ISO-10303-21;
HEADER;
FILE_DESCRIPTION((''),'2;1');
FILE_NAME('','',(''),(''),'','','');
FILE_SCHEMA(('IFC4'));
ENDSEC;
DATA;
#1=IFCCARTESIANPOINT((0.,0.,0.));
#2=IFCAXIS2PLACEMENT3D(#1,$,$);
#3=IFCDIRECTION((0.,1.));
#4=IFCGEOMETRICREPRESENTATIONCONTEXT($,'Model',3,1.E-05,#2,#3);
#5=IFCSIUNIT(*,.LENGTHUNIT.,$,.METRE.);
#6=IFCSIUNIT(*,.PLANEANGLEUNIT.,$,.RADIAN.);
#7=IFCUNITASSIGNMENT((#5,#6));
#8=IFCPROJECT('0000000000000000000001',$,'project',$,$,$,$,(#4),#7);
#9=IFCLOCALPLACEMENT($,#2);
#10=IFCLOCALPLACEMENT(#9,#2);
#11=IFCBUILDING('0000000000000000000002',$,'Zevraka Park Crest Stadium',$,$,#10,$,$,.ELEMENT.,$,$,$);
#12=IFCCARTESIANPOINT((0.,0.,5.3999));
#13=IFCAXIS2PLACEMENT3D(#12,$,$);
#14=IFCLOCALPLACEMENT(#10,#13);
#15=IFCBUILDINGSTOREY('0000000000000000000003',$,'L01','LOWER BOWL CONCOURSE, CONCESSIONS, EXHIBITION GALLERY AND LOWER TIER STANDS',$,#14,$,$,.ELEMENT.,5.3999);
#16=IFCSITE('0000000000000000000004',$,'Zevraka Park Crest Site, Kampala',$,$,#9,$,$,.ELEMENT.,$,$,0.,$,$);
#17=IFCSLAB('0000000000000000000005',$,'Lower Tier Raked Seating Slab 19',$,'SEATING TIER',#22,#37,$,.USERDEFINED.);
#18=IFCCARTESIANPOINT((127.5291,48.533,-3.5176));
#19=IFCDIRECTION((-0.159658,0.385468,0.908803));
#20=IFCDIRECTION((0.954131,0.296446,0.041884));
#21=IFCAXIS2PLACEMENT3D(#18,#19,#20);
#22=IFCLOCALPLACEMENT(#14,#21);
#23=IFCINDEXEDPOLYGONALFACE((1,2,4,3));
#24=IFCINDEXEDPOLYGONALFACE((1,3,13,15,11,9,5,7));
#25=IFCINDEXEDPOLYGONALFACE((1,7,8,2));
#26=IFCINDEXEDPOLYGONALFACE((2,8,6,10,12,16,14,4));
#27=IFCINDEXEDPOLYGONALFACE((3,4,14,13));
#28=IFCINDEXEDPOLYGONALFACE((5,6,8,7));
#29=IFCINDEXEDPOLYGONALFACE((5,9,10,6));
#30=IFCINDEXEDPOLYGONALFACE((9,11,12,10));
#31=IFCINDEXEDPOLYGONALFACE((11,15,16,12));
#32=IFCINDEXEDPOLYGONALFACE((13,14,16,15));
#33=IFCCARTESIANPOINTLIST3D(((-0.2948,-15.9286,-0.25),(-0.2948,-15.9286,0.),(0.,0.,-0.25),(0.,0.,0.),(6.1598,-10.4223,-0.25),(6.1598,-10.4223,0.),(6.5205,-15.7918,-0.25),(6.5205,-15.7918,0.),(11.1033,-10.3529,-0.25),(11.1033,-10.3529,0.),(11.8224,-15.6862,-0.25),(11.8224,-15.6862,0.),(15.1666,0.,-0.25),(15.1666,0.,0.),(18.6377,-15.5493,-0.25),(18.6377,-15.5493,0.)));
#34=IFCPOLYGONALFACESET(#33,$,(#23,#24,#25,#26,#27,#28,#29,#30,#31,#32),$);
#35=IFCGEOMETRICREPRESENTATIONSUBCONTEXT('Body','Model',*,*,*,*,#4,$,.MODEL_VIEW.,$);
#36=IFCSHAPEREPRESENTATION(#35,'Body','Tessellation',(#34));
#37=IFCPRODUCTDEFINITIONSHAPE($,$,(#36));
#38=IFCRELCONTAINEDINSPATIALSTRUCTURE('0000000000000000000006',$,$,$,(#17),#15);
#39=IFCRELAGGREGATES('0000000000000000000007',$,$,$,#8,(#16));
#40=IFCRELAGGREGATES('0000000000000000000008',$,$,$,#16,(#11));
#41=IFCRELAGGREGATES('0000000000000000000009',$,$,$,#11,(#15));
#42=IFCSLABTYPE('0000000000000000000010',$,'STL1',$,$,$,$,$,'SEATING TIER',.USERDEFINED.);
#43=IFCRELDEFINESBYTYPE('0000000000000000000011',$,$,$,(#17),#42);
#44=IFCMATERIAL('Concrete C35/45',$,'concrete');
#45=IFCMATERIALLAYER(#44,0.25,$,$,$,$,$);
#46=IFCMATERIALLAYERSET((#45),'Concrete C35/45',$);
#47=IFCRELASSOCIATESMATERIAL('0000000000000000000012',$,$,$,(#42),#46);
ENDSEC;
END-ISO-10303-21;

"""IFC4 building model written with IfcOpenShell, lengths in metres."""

from ifc_helpers import new_model, si_unit, direction, frame, origin, place, context, subcontext, project, spatial, polyline, outline, extrude, material, layer, layer_set, type_object, element, save


model = new_model("IFC4")

# Units and contexts
model_context = context("Model", 3, precision=1e-05, world=origin(), true_north=direction((0.0, 1.0)))
body_context = subcontext(model_context, "Body", "Model", "MODEL_VIEW")
ifc_project = project(units=[si_unit("LENGTHUNIT", "METRE"), si_unit("PLANEANGLEUNIT", "RADIAN")], contexts=[model_context])

# Site, building, storey
site_placement = place(None, origin())
site = spatial("IfcSite", under=ifc_project, at=site_placement, Name="Zevraka Park Crest Site, Kampala", CompositionType="ELEMENT", RefElevation=0.0)
building_placement = place(site_placement, origin())
building = spatial("IfcBuilding", under=site, at=building_placement, Name="Zevraka Park Crest Stadium", CompositionType="ELEMENT")
storey_placement = place(building_placement, frame((0.0, 0.0, 5.3999)))
storey = spatial("IfcBuildingStorey", under=building, at=storey_placement, Name="L01", Description="LOWER BOWL CONCOURSE, CONCESSIONS, EXHIBITION GALLERY AND LOWER TIER STANDS", CompositionType="ELEMENT", Elevation=5.3999)

# Slab
ifc_material_1 = material(Name="Concrete C35/45", Category="concrete")
ifc_layer_1 = layer(ifc_material_1, 0.25)
ifc_layer_set_1 = layer_set([ifc_layer_1], Name="Concrete C35/45")
slab_type = type_object("IfcSlabType", Name="STL1", ElementType="SEATING TIER", PredefinedType="USERDEFINED", material=ifc_layer_set_1)
slab_placement = place(storey_placement, frame((127.5291, 48.533, -3.5176), z_axis=(-0.159658, 0.385468, 0.908803), x_axis=(0.954131, 0.296446, 0.041884)))
element("IfcSlab", 1, at=slab_placement, inside=storey, type_object=slab_type, Name="Lower Tier Raked Seating Slab 19", ObjectType="SEATING TIER", PredefinedType="USERDEFINED", context=body_context, shape_type="SweptSolid", body=[
    extrude(outline(polyline([(0.0, 0.0), (15.1666, 0.0), (18.6377, -15.5493), (11.8224, -15.6862), (11.1033, -10.3529), (6.1598, -10.4223), (6.5205, -15.7918), (-0.2948, -15.9286), (0.0, 0.0)])), origin(), (0.0, 0.0, -1.0), 0.25),
])

save(model, "model.ifc")
